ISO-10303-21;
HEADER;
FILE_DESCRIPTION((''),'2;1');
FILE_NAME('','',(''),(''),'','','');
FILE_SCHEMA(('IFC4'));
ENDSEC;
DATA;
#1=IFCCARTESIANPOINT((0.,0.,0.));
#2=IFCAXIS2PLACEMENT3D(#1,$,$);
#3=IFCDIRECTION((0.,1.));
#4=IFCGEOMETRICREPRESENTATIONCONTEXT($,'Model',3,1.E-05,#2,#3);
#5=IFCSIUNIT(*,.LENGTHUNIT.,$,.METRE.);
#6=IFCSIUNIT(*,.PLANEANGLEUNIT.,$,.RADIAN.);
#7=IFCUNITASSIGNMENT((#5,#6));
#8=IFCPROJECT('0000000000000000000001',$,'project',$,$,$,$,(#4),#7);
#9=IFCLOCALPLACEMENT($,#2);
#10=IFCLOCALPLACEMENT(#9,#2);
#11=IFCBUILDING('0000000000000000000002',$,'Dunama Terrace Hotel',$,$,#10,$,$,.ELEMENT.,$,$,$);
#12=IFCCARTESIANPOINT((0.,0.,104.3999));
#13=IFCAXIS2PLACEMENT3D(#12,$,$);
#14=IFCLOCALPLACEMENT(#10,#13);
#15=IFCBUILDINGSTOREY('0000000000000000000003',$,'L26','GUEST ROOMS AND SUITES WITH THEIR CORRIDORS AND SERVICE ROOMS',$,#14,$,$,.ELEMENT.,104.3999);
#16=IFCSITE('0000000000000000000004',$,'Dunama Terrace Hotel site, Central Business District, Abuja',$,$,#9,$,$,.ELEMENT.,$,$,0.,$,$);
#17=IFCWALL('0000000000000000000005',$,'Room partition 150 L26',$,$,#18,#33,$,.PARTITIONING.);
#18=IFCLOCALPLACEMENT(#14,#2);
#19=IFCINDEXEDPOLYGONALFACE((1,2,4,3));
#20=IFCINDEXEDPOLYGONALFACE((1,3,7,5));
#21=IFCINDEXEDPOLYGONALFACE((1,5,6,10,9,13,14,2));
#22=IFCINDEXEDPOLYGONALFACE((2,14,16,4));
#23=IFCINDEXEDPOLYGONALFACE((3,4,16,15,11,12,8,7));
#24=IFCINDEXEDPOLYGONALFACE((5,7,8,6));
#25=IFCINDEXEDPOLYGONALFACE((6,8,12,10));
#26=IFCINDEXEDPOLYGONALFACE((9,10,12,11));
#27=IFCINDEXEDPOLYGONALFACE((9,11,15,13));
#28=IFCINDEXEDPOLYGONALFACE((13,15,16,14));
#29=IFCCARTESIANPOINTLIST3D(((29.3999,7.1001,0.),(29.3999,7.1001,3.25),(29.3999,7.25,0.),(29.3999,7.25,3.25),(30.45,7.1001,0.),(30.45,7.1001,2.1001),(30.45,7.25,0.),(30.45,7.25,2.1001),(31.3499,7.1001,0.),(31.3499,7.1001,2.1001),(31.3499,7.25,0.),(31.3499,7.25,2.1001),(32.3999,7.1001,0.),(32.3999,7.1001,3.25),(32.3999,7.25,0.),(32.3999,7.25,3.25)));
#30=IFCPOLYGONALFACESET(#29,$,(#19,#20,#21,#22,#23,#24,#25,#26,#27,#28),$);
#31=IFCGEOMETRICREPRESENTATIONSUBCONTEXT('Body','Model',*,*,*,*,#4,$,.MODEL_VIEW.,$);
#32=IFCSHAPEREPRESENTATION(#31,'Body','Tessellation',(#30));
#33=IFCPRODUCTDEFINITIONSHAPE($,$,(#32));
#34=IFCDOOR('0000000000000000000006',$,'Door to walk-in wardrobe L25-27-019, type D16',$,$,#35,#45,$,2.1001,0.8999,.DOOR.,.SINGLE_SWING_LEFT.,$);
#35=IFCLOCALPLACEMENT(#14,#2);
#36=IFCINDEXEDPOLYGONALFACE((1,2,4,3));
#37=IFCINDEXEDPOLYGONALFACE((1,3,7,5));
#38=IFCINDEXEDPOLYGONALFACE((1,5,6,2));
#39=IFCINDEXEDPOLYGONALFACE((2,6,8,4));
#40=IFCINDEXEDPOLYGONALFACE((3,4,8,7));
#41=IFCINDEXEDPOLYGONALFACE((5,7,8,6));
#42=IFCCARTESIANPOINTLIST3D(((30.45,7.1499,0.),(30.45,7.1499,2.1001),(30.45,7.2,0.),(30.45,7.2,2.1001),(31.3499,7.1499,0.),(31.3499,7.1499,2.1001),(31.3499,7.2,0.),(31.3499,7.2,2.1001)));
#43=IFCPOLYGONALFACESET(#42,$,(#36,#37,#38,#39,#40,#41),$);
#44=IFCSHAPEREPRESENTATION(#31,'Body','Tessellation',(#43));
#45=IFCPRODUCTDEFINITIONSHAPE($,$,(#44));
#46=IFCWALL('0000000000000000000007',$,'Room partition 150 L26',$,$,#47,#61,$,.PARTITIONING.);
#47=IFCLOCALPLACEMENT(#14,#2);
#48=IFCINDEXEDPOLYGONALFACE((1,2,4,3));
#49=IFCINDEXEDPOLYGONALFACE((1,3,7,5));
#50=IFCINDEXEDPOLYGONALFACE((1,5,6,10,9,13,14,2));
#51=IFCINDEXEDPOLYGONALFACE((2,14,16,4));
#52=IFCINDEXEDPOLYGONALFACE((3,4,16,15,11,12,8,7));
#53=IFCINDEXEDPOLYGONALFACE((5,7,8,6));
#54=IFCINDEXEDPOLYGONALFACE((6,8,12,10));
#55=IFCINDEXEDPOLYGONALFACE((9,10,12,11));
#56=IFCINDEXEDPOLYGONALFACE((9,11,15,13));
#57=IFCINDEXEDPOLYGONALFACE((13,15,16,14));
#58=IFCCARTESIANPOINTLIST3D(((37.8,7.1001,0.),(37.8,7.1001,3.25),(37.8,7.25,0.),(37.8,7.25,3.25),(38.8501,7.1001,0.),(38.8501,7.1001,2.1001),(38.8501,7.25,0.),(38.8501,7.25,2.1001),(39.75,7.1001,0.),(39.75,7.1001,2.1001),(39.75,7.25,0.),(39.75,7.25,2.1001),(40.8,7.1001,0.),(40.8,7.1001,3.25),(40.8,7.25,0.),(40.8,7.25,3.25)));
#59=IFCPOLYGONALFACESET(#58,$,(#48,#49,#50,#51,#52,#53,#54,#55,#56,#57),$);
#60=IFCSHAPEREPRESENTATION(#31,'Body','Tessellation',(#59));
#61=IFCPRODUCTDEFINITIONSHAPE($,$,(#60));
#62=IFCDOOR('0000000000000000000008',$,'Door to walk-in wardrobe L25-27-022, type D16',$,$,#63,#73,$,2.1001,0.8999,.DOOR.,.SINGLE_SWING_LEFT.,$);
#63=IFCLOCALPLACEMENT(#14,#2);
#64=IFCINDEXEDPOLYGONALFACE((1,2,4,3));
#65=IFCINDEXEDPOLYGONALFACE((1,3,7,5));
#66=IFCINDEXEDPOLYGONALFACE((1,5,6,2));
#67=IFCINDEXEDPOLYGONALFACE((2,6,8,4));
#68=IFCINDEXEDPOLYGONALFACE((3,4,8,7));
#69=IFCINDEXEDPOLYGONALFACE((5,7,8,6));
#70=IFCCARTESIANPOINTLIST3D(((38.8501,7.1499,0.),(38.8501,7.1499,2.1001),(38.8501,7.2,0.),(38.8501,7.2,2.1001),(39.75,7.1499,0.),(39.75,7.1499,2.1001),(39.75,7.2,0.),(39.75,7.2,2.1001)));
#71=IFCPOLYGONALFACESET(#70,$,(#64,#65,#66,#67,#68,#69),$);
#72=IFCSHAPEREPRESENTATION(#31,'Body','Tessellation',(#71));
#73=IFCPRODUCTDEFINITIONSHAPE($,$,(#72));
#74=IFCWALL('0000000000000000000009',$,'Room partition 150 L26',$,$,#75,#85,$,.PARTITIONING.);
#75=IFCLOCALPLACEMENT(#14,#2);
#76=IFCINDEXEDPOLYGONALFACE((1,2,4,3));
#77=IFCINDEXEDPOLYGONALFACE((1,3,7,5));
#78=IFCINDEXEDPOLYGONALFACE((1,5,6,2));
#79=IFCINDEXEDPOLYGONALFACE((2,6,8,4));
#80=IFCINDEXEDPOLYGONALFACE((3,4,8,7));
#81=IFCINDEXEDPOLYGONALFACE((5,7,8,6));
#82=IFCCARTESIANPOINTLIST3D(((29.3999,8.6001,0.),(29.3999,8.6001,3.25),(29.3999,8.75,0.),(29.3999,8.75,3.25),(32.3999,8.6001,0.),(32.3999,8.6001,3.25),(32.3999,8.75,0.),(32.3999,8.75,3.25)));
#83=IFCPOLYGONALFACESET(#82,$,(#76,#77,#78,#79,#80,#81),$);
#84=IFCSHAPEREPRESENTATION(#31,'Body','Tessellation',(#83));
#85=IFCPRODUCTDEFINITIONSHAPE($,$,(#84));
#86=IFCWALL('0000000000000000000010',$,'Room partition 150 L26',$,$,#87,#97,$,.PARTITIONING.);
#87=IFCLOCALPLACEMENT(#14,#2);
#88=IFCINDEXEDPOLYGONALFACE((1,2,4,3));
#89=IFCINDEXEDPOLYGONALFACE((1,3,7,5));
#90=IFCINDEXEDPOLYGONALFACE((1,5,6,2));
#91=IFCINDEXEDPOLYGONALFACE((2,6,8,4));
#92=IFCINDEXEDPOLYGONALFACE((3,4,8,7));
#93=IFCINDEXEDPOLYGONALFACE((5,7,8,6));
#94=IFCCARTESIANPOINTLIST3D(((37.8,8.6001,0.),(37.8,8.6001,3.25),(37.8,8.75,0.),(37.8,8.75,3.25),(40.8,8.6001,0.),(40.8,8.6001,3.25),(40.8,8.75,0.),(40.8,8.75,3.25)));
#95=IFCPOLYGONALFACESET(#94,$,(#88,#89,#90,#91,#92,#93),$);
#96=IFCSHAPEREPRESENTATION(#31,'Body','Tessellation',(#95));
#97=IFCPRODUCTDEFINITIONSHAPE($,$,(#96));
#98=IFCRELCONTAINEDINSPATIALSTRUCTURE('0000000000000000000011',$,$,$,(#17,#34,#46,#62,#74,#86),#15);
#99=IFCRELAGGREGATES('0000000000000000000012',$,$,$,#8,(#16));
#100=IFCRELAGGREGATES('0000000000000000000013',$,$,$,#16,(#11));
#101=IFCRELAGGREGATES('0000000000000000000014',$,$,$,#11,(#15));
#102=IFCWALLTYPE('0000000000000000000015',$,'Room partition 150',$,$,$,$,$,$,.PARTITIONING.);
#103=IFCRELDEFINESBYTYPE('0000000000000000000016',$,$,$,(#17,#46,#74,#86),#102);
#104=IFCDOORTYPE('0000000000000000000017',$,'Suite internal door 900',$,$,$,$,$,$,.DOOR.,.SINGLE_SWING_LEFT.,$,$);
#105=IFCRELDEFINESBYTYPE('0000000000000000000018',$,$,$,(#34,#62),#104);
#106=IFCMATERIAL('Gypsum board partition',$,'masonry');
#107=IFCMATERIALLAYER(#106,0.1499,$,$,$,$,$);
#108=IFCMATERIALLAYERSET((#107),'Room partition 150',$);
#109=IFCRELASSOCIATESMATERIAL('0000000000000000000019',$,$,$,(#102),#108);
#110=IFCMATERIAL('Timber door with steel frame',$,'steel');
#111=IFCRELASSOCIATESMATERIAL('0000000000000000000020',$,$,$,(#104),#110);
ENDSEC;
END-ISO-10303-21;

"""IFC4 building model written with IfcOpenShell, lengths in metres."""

from ifc_helpers import new_model, si_unit, direction, frame, frame_2d, origin, place, context, subcontext, project, spatial, rectangle, extrude, material, layer, layer_set, type_object, element, fill, save


model = new_model("IFC4")

# Units and contexts
model_context = context("Model", 3, precision=1e-05, world=origin(), true_north=direction((0.0, 1.0)))
body_context = subcontext(model_context, "Body", "Model", "MODEL_VIEW")
ifc_project = project(units=[si_unit("LENGTHUNIT", "METRE"), si_unit("PLANEANGLEUNIT", "RADIAN")], contexts=[model_context])

# Site, building, storey
site_placement = place(None, origin())
site = spatial("IfcSite", under=ifc_project, at=site_placement, Name="Dunama Terrace Hotel site, Central Business District, Abuja", CompositionType="ELEMENT", RefElevation=0.0)
building_placement = place(site_placement, origin())
building = spatial("IfcBuilding", under=site, at=building_placement, Name="Dunama Terrace Hotel", CompositionType="ELEMENT")
storey_placement = place(building_placement, frame((0.0, 0.0, 104.3999)))
storey = spatial("IfcBuildingStorey", under=building, at=storey_placement, Name="L26", Description="GUEST ROOMS AND SUITES WITH THEIR CORRIDORS AND SERVICE ROOMS", CompositionType="ELEMENT", Elevation=104.3999)

# Shared definitions
ifc_material_1 = material(Name="Gypsum board partition", Category="masonry")
ifc_layer_1 = layer(ifc_material_1, 0.1499)
ifc_layer_set_1 = layer_set([ifc_layer_1], Name="Room partition 150")
wall_type_1 = type_object("IfcWallType", Name="Room partition 150", PredefinedType="PARTITIONING", material=ifc_layer_set_1)

# Walls, openings, doors
ifc_material_2 = material(Name="Timber door with steel frame", Category="steel")
door_type_1 = type_object("IfcDoorType", Name="Suite internal door 900", OperationType="SINGLE_SWING_LEFT", PredefinedType="DOOR", material=ifc_material_2)
wall_1_placement = place(storey_placement, frame((29.3999, 7.175, 0.0), z_axis=(0.0, 0.0, 1.0), x_axis=(1.0, 0.0, 0.0)))
wall_1 = element("IfcWall", 1, at=wall_1_placement, inside=storey, type_object=wall_type_1, Name="Room partition 150 L26", PredefinedType="PARTITIONING", context=body_context, shape_type="SweptSolid", body=[
    extrude(rectangle(XDim=3.0, YDim=0.1499, at=frame_2d((1.5, 0.0))), origin(), (0.0, 0.0, 1.0), 3.25),
])
opening_1_placement = place(wall_1_placement, frame((1.05, 0.0, 0.0)))
opening_1 = element("IfcOpeningElement", 2, at=opening_1_placement, cuts=wall_1, PredefinedType="OPENING", context=body_context, shape_type="SweptSolid", body=[
    extrude(rectangle(XDim=0.8999, YDim=2.1001, at=frame_2d((0.45, 1.05))), frame((0.0, 0.085, 0.0), z_axis=(0.0, -1.0, 0.0), x_axis=(1.0, 0.0, 0.0)), (0.0, 0.0, 1.0), 0.1699),
])
door_1_placement = place(opening_1_placement, origin())
door_1 = element("IfcDoor", 3, at=door_1_placement, inside=storey, type_object=door_type_1, Name="Door to walk-in wardrobe L25-27-019, type D16", OperationType="SINGLE_SWING_LEFT", OverallHeight=2.1001, OverallWidth=0.8999, PredefinedType="DOOR", context=body_context, shape_type="SweptSolid", body=[
    extrude(rectangle(XDim=0.8999, YDim=2.1001, at=frame_2d((0.45, 1.05))), frame((0.0, 0.0249, 0.0), z_axis=(0.0, -1.0, 0.0), x_axis=(1.0, 0.0, 0.0)), (0.0, 0.0, 1.0), 0.05),
])
fill(opening_1, door_1)
wall_2_placement = place(storey_placement, frame((37.8, 7.175, 0.0), z_axis=(0.0, 0.0, 1.0), x_axis=(1.0, 0.0, 0.0)))
wall_2 = element("IfcWall", 4, at=wall_2_placement, inside=storey, type_object=wall_type_1, Name="Room partition 150 L26", PredefinedType="PARTITIONING", context=body_context, shape_type="SweptSolid", body=[
    extrude(rectangle(XDim=3.0, YDim=0.1499, at=frame_2d((1.5, 0.0))), origin(), (0.0, 0.0, 1.0), 3.25),
])
opening_2_placement = place(wall_2_placement, frame((1.05, 0.0, 0.0)))
opening_2 = element("IfcOpeningElement", 5, at=opening_2_placement, cuts=wall_2, PredefinedType="OPENING", context=body_context, shape_type="SweptSolid", body=[
    extrude(rectangle(XDim=0.8999, YDim=2.1001, at=frame_2d((0.45, 1.05))), frame((0.0, 0.085, 0.0), z_axis=(0.0, -1.0, 0.0), x_axis=(1.0, 0.0, 0.0)), (0.0, 0.0, 1.0), 0.1699),
])
door_2_placement = place(opening_2_placement, origin())
door_2 = element("IfcDoor", 6, at=door_2_placement, inside=storey, type_object=door_type_1, Name="Door to walk-in wardrobe L25-27-022, type D16", OperationType="SINGLE_SWING_LEFT", OverallHeight=2.1001, OverallWidth=0.8999, PredefinedType="DOOR", context=body_context, shape_type="SweptSolid", body=[
    extrude(rectangle(XDim=0.8999, YDim=2.1001, at=frame_2d((0.45, 1.05))), frame((0.0, 0.0249, 0.0), z_axis=(0.0, -1.0, 0.0), x_axis=(1.0, 0.0, 0.0)), (0.0, 0.0, 1.0), 0.05),
])
fill(opening_2, door_2)

# Walls
for number, where, z_axis, x_axis, name in (
    (7, (29.3999, 8.675, 0.0), (0.0, 0.0, 1.0), (1.0, 0.0, 0.0), "Room partition 150 L26"),
    (8, (37.8, 8.675, 0.0), (0.0, 0.0, 1.0), (1.0, 0.0, 0.0), "Room partition 150 L26"),
):
    element("IfcWall", number, at=place(storey_placement, frame(where, z_axis=z_axis, x_axis=x_axis)), inside=storey, type_object=wall_type_1, Name=name, PredefinedType="PARTITIONING", context=body_context, shape_type="SweptSolid", body=[
        extrude(rectangle(XDim=3.0, YDim=0.1499, at=frame_2d((1.5, 0.0))), origin(), (0.0, 0.0, 1.0), 3.25),
    ])

save(model, "model.ifc")
